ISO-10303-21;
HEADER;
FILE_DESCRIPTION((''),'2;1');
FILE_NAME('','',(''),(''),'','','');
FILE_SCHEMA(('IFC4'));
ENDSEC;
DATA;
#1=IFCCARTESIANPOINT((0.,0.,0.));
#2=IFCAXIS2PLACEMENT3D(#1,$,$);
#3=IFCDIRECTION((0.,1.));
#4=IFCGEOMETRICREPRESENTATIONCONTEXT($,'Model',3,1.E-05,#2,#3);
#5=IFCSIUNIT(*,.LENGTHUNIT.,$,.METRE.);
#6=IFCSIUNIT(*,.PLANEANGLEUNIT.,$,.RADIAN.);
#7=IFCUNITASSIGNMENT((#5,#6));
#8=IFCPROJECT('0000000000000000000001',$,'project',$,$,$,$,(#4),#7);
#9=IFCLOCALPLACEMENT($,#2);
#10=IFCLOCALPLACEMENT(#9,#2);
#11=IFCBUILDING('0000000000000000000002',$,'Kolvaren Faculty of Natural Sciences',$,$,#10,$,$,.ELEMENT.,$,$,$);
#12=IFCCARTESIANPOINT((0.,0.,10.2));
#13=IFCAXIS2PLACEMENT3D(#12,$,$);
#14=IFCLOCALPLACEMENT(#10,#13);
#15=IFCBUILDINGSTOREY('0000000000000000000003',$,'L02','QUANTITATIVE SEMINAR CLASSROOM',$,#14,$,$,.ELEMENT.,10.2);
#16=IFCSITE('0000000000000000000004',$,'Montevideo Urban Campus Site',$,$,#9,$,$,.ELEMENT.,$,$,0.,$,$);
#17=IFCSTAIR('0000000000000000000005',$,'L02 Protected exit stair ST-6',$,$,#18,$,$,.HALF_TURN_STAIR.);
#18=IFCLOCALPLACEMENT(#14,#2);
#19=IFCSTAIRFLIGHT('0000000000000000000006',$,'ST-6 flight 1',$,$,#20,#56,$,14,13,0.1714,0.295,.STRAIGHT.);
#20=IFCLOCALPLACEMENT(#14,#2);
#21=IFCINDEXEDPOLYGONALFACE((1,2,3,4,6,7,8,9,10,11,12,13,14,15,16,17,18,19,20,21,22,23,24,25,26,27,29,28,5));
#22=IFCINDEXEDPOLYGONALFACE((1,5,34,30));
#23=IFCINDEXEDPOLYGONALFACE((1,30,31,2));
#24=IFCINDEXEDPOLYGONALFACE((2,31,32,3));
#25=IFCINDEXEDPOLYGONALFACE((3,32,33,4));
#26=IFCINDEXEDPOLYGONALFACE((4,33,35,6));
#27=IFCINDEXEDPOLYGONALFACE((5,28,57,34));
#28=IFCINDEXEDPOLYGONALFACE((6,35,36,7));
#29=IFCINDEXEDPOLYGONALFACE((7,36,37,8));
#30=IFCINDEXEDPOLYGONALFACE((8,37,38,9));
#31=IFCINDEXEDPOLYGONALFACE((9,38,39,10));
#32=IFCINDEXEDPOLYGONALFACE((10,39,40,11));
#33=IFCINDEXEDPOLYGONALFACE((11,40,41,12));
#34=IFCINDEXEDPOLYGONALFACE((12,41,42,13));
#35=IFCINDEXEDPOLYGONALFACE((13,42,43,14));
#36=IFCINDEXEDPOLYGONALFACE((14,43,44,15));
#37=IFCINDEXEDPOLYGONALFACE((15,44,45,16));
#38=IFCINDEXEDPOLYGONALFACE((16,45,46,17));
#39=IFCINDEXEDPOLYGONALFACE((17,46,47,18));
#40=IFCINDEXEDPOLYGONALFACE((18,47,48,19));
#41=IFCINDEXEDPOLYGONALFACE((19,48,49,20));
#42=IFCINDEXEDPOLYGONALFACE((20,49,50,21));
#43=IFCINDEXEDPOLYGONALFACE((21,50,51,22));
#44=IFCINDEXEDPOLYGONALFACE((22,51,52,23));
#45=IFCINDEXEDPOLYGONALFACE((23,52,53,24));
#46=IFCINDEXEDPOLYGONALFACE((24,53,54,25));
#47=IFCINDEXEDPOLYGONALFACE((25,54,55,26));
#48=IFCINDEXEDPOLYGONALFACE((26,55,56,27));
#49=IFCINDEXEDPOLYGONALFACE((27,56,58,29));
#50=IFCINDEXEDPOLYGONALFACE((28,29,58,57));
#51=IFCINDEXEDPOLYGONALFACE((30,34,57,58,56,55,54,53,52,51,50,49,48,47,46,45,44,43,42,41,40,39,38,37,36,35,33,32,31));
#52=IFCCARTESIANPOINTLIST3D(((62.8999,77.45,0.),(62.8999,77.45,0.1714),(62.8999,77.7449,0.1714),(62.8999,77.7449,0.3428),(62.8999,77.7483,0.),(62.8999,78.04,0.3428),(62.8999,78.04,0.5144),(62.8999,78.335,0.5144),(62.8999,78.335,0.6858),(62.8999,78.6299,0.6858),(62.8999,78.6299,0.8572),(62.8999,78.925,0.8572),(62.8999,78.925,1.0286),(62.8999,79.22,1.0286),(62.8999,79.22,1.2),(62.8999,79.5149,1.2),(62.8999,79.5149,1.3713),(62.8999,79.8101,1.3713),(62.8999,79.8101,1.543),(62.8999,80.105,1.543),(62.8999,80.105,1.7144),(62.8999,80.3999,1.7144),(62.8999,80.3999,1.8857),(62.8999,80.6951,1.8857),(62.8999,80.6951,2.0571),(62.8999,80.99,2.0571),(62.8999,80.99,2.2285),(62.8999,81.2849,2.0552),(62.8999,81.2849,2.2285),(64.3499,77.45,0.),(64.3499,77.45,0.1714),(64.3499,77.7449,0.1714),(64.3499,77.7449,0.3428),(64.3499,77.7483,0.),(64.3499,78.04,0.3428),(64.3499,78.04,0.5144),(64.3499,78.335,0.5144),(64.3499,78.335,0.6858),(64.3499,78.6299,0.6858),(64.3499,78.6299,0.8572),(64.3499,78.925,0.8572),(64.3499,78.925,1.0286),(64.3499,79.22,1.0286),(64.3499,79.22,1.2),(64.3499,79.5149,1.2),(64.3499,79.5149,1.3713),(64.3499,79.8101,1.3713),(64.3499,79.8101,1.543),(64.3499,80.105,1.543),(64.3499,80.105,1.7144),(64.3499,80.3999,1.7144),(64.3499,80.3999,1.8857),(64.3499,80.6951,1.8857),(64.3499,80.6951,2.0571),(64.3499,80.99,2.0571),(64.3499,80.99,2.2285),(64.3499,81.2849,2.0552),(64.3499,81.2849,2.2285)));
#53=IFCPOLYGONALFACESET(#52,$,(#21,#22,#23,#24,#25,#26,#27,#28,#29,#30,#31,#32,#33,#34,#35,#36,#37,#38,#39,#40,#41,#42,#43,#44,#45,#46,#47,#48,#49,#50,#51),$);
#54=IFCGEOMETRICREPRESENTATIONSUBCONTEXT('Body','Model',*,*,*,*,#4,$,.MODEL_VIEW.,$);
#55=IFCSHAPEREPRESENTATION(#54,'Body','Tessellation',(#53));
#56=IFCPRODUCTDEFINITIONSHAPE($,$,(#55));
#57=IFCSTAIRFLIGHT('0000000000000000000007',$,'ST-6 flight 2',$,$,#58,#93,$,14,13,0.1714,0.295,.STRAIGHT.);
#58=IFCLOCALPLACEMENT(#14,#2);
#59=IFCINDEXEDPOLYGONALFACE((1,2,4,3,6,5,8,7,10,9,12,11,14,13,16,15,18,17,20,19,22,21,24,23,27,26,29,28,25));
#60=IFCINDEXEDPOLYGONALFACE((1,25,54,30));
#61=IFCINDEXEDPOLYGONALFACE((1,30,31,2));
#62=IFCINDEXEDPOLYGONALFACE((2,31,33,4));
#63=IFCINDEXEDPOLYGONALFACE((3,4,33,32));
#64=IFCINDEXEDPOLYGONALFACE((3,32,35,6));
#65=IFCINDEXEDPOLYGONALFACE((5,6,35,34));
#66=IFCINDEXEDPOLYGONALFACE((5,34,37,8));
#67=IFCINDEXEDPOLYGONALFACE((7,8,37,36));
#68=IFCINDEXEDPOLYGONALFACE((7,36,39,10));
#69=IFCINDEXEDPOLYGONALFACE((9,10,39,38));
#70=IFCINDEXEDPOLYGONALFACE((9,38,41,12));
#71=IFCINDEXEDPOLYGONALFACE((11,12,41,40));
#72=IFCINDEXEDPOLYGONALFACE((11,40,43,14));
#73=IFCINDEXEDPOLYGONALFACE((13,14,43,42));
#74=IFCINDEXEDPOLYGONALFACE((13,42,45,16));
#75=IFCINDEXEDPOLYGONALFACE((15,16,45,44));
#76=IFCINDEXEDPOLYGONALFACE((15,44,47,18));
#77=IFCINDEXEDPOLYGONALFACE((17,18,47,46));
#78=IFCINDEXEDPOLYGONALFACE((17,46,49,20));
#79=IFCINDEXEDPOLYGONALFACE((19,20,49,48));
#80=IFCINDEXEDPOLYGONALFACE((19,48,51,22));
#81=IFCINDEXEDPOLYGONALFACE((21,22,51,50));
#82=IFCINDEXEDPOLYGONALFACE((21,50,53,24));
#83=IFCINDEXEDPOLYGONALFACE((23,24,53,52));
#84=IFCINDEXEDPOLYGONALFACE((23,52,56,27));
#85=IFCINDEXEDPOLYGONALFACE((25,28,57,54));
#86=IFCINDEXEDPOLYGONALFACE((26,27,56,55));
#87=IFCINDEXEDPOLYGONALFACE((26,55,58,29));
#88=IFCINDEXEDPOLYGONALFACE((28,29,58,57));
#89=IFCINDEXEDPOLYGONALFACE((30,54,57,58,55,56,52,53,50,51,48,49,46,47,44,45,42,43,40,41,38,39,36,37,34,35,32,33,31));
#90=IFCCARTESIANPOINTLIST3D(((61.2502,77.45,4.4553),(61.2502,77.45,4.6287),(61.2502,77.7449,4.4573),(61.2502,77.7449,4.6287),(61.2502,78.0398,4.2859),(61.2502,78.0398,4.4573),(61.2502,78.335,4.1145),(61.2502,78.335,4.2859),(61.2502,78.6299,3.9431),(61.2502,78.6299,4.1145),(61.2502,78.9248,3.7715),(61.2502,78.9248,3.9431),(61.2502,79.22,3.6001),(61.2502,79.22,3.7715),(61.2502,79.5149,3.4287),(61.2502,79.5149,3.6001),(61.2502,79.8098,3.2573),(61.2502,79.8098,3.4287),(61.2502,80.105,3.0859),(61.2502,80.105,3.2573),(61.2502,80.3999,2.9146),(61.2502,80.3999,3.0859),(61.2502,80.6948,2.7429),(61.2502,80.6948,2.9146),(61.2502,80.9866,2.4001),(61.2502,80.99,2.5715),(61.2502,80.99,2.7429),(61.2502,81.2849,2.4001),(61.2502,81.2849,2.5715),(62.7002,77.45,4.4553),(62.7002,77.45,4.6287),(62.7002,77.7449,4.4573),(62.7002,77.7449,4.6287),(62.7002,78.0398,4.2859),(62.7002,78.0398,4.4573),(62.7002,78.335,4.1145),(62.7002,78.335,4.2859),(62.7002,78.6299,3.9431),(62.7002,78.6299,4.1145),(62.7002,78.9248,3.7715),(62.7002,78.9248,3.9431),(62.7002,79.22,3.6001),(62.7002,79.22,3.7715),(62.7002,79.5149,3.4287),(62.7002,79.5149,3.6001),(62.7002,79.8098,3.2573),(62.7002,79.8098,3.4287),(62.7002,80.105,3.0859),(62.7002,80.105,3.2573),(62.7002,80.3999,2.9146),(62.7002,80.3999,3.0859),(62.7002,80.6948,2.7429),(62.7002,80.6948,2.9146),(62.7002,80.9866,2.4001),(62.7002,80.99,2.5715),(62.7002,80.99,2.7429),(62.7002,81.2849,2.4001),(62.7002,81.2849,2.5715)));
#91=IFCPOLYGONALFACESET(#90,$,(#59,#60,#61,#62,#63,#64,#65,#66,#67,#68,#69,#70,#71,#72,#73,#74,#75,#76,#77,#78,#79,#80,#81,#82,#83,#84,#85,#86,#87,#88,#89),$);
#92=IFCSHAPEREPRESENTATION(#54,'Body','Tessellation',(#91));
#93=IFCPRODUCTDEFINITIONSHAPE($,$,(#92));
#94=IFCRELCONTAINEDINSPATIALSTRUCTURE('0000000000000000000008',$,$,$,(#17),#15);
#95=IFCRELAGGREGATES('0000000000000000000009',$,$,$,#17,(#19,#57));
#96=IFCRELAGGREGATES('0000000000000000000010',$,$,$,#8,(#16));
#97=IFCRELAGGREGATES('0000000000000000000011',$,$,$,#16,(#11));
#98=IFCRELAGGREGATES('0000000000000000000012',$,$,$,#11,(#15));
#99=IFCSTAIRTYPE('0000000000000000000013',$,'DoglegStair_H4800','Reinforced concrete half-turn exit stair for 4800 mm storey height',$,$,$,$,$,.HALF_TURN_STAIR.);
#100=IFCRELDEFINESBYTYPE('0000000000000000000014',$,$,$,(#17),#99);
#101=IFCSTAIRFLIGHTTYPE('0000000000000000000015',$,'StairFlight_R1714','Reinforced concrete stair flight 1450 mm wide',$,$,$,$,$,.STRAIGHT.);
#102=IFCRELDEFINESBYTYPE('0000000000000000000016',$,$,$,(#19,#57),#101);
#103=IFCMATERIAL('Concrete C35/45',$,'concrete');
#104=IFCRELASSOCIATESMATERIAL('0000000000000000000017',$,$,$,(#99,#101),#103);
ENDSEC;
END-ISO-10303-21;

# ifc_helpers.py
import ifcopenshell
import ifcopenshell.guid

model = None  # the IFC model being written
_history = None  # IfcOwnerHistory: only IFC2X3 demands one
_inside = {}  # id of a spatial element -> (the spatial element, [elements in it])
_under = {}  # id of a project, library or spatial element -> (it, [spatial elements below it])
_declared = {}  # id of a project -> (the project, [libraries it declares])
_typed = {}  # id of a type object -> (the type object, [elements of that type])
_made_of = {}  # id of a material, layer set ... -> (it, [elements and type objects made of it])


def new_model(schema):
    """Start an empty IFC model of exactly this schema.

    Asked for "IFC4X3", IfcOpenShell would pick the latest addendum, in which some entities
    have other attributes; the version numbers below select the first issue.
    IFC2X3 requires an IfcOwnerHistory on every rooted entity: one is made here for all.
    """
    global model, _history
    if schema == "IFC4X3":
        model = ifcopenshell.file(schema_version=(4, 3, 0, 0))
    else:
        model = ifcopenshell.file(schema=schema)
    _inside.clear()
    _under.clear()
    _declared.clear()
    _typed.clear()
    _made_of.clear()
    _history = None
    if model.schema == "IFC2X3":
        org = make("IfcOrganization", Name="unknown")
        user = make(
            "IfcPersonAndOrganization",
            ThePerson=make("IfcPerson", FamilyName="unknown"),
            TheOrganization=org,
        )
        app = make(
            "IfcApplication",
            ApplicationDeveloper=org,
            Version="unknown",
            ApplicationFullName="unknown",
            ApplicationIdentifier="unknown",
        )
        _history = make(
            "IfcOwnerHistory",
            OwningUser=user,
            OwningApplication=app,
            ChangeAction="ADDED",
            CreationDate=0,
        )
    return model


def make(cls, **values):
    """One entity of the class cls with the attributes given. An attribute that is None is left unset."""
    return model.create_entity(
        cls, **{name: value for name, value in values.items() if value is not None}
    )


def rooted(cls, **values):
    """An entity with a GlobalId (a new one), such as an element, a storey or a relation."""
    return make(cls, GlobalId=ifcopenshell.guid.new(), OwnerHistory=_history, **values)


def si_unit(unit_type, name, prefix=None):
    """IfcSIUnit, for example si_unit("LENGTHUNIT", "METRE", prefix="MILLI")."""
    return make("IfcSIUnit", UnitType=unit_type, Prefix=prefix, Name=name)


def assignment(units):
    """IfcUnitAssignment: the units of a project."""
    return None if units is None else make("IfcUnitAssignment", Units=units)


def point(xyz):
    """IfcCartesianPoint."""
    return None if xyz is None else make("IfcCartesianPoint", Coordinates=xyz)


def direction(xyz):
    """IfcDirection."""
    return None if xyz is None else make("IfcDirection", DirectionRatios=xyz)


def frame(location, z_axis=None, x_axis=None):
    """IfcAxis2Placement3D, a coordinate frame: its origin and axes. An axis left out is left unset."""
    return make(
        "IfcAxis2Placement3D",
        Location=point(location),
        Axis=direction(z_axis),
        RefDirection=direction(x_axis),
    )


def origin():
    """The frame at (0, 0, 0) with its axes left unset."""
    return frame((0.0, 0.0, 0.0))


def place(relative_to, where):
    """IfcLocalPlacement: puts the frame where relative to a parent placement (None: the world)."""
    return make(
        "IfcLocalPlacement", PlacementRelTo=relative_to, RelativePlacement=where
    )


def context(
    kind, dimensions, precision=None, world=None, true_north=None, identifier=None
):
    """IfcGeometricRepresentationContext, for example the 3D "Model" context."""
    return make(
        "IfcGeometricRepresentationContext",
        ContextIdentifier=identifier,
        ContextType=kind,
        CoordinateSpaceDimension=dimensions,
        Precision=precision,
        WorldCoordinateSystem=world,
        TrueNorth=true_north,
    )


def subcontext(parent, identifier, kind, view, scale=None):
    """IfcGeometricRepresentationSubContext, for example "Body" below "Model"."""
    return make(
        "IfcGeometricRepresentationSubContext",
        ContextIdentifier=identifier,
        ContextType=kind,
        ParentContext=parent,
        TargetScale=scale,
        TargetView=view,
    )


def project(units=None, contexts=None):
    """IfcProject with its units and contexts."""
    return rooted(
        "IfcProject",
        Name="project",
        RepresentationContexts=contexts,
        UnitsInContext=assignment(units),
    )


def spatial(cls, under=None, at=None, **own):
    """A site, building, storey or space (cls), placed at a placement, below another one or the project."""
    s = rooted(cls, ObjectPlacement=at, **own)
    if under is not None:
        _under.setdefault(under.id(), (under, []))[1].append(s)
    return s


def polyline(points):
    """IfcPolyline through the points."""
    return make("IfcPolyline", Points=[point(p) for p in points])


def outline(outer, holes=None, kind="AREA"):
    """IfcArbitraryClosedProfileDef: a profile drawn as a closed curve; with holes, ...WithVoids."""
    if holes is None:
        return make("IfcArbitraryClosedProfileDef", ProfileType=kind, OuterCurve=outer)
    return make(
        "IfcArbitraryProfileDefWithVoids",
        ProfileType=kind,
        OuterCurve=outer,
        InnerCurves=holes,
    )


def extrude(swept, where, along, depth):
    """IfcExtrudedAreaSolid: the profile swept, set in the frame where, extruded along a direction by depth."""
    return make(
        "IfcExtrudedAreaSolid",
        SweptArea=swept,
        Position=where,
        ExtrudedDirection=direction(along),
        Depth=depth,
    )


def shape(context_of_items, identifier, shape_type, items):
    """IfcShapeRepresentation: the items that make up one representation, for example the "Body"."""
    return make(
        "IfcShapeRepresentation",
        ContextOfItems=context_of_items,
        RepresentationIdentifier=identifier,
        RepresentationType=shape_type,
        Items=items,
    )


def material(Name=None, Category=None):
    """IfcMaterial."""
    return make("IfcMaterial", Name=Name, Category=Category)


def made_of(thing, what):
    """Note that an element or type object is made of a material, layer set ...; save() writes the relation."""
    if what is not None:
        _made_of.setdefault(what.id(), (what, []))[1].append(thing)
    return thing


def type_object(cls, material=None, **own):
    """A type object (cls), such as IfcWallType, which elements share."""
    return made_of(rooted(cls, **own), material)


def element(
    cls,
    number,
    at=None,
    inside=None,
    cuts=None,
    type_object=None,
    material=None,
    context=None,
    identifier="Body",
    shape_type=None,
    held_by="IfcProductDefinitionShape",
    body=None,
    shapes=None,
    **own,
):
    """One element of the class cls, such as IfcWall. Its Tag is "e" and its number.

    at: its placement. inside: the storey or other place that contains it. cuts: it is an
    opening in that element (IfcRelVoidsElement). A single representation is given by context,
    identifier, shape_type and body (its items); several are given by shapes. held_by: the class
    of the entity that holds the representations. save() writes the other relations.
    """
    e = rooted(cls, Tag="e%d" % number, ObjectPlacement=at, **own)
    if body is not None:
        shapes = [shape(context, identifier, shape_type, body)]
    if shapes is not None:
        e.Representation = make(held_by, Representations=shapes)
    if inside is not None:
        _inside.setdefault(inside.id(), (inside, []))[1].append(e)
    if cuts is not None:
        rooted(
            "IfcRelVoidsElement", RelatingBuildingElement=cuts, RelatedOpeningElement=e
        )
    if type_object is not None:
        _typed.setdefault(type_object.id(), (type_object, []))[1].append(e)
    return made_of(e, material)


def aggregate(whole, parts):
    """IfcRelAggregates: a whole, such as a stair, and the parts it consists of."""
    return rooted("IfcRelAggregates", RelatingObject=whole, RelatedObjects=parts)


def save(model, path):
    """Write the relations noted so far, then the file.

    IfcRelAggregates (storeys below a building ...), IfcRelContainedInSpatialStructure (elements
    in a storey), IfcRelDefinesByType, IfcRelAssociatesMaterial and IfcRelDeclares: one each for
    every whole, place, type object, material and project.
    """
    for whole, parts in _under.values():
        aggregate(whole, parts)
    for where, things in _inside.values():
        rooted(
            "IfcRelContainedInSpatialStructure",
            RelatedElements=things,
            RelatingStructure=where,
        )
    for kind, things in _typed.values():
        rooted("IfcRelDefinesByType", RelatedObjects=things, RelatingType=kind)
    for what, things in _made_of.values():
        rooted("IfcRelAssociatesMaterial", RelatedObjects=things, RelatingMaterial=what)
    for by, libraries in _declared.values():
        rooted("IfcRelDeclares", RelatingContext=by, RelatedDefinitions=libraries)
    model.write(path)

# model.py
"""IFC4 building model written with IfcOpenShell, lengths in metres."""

from ifc_helpers import new_model, si_unit, direction, frame, origin, place, context, subcontext, project, spatial, polyline, outline, extrude, material, type_object, element, aggregate, save


model = new_model("IFC4")

# Units and contexts
model_context = context("Model", 3, precision=1e-05, world=origin(), true_north=direction((0.0, 1.0)))
body_context = subcontext(model_context, "Body", "Model", "MODEL_VIEW")
ifc_project = project(units=[si_unit("LENGTHUNIT", "METRE"), si_unit("PLANEANGLEUNIT", "RADIAN")], contexts=[model_context])

# Site, building, storey
site_placement = place(None, origin())
site = spatial("IfcSite", under=ifc_project, at=site_placement, Name="Montevideo Urban Campus Site", CompositionType="ELEMENT", RefElevation=0.0)
building_placement = place(site_placement, origin())
building = spatial("IfcBuilding", under=site, at=building_placement, Name="Kolvaren Faculty of Natural Sciences", CompositionType="ELEMENT")
storey_placement = place(building_placement, frame((0.0, 0.0, 10.2)))
storey = spatial("IfcBuildingStorey", under=building, at=storey_placement, Name="L02", Description="QUANTITATIVE SEMINAR CLASSROOM", CompositionType="ELEMENT", Elevation=10.2)

# Shared definitions
ifc_material_1 = material(Name="Concrete C35/45", Category="concrete")

# Stair, stair flights
stair_type = type_object("IfcStairType", Name="DoglegStair_H4800", Description="Reinforced concrete half-turn exit stair for 4800 mm storey height", PredefinedType="HALF_TURN_STAIR", material=ifc_material_1)
stair_placement = place(storey_placement, origin())
stair = element("IfcStair", 1, at=stair_placement, inside=storey, type_object=stair_type, Name="L02 Protected exit stair ST-6", PredefinedType="HALF_TURN_STAIR")
stair_flight_type = type_object("IfcStairFlightType", Name="StairFlight_R1714", Description="Reinforced concrete stair flight 1450 mm wide", PredefinedType="STRAIGHT", material=ifc_material_1)
stair_flight_1_placement = place(storey_placement, frame((63.625, 77.45, 0.0), z_axis=(0.0, 0.0, 1.0), x_axis=(0.0, 1.0, 0.0)))
stair_flight_1 = element("IfcStairFlight", 2, at=stair_flight_1_placement, type_object=stair_flight_type, Name="ST-6 flight 1", NumberOfRisers=14, NumberOfTreads=13, PredefinedType="STRAIGHT", RiserHeight=0.1714, TreadLength=0.295, context=body_context, shape_type="SweptSolid", body=[
    extrude(outline(polyline([(0.0, 0.0), (0.0, 0.1714), (0.2949, 0.1714), (0.2949, 0.3428), (0.5901, 0.3428), (0.5901, 0.5144), (0.885, 0.5144), (0.885, 0.6858), (1.1799, 0.6858), (1.1799, 0.8572), (1.4751, 0.8572), (1.4751, 1.0286), (1.77, 1.0286), (1.77, 1.2), (2.0649, 1.2), (2.0649, 1.3713), (2.3601, 1.3713), (2.3601, 1.543), (2.655, 1.543), (2.655, 1.7144), (2.95, 1.7144), (2.95, 1.8857), (3.2451, 1.8857), (3.2451, 2.0571), (3.54, 2.0571), (3.54, 2.2285), (3.835, 2.2285), (3.835, 2.3999), (3.835, 2.0552), (0.2983, 0.0), (0.0, 0.0)])), frame((0.0, 0.7251, 0.0), z_axis=(0.0, -1.0, 0.0), x_axis=(1.0, 0.0, 0.0)), (0.0, 0.0, 1.0), 1.45),
])
stair_flight_2_placement = place(storey_placement, frame((61.9751, 81.2849, 2.4001), z_axis=(0.0, 0.0, 1.0), x_axis=(0.0, -1.0, 0.0)))
stair_flight_2 = element("IfcStairFlight", 3, at=stair_flight_2_placement, type_object=stair_flight_type, Name="ST-6 flight 2", NumberOfRisers=14, NumberOfTreads=13, PredefinedType="STRAIGHT", RiserHeight=0.1714, TreadLength=0.295, context=body_context, shape_type="SweptSolid", body=[
    extrude(outline(polyline([(0.0, 0.0), (0.0, 0.1714), (0.2949, 0.1714), (0.2949, 0.3428), (0.5901, 0.3428), (0.5901, 0.5144), (0.885, 0.5144), (0.885, 0.6858), (1.1799, 0.6858), (1.1799, 0.8572), (1.4751, 0.8572), (1.4751, 1.0286), (1.77, 1.0286), (1.77, 1.2), (2.0649, 1.2), (2.0649, 1.3713), (2.3601, 1.3713), (2.3601, 1.543), (2.655, 1.543), (2.655, 1.7144), (2.95, 1.7144), (2.95, 1.8857), (3.2451, 1.8857), (3.2451, 2.0571), (3.54, 2.0571), (3.54, 2.2285), (3.835, 2.2285), (3.835, 2.3999), (3.835, 2.0552), (0.2983, 0.0), (0.0, 0.0)])), frame((0.0, 0.7251, 0.0), z_axis=(0.0, -1.0, 0.0), x_axis=(1.0, 0.0, 0.0)), (0.0, 0.0, 1.0), 1.45),
])
aggregate(stair, [stair_flight_1, stair_flight_2])

save(model, "model.ifc")
